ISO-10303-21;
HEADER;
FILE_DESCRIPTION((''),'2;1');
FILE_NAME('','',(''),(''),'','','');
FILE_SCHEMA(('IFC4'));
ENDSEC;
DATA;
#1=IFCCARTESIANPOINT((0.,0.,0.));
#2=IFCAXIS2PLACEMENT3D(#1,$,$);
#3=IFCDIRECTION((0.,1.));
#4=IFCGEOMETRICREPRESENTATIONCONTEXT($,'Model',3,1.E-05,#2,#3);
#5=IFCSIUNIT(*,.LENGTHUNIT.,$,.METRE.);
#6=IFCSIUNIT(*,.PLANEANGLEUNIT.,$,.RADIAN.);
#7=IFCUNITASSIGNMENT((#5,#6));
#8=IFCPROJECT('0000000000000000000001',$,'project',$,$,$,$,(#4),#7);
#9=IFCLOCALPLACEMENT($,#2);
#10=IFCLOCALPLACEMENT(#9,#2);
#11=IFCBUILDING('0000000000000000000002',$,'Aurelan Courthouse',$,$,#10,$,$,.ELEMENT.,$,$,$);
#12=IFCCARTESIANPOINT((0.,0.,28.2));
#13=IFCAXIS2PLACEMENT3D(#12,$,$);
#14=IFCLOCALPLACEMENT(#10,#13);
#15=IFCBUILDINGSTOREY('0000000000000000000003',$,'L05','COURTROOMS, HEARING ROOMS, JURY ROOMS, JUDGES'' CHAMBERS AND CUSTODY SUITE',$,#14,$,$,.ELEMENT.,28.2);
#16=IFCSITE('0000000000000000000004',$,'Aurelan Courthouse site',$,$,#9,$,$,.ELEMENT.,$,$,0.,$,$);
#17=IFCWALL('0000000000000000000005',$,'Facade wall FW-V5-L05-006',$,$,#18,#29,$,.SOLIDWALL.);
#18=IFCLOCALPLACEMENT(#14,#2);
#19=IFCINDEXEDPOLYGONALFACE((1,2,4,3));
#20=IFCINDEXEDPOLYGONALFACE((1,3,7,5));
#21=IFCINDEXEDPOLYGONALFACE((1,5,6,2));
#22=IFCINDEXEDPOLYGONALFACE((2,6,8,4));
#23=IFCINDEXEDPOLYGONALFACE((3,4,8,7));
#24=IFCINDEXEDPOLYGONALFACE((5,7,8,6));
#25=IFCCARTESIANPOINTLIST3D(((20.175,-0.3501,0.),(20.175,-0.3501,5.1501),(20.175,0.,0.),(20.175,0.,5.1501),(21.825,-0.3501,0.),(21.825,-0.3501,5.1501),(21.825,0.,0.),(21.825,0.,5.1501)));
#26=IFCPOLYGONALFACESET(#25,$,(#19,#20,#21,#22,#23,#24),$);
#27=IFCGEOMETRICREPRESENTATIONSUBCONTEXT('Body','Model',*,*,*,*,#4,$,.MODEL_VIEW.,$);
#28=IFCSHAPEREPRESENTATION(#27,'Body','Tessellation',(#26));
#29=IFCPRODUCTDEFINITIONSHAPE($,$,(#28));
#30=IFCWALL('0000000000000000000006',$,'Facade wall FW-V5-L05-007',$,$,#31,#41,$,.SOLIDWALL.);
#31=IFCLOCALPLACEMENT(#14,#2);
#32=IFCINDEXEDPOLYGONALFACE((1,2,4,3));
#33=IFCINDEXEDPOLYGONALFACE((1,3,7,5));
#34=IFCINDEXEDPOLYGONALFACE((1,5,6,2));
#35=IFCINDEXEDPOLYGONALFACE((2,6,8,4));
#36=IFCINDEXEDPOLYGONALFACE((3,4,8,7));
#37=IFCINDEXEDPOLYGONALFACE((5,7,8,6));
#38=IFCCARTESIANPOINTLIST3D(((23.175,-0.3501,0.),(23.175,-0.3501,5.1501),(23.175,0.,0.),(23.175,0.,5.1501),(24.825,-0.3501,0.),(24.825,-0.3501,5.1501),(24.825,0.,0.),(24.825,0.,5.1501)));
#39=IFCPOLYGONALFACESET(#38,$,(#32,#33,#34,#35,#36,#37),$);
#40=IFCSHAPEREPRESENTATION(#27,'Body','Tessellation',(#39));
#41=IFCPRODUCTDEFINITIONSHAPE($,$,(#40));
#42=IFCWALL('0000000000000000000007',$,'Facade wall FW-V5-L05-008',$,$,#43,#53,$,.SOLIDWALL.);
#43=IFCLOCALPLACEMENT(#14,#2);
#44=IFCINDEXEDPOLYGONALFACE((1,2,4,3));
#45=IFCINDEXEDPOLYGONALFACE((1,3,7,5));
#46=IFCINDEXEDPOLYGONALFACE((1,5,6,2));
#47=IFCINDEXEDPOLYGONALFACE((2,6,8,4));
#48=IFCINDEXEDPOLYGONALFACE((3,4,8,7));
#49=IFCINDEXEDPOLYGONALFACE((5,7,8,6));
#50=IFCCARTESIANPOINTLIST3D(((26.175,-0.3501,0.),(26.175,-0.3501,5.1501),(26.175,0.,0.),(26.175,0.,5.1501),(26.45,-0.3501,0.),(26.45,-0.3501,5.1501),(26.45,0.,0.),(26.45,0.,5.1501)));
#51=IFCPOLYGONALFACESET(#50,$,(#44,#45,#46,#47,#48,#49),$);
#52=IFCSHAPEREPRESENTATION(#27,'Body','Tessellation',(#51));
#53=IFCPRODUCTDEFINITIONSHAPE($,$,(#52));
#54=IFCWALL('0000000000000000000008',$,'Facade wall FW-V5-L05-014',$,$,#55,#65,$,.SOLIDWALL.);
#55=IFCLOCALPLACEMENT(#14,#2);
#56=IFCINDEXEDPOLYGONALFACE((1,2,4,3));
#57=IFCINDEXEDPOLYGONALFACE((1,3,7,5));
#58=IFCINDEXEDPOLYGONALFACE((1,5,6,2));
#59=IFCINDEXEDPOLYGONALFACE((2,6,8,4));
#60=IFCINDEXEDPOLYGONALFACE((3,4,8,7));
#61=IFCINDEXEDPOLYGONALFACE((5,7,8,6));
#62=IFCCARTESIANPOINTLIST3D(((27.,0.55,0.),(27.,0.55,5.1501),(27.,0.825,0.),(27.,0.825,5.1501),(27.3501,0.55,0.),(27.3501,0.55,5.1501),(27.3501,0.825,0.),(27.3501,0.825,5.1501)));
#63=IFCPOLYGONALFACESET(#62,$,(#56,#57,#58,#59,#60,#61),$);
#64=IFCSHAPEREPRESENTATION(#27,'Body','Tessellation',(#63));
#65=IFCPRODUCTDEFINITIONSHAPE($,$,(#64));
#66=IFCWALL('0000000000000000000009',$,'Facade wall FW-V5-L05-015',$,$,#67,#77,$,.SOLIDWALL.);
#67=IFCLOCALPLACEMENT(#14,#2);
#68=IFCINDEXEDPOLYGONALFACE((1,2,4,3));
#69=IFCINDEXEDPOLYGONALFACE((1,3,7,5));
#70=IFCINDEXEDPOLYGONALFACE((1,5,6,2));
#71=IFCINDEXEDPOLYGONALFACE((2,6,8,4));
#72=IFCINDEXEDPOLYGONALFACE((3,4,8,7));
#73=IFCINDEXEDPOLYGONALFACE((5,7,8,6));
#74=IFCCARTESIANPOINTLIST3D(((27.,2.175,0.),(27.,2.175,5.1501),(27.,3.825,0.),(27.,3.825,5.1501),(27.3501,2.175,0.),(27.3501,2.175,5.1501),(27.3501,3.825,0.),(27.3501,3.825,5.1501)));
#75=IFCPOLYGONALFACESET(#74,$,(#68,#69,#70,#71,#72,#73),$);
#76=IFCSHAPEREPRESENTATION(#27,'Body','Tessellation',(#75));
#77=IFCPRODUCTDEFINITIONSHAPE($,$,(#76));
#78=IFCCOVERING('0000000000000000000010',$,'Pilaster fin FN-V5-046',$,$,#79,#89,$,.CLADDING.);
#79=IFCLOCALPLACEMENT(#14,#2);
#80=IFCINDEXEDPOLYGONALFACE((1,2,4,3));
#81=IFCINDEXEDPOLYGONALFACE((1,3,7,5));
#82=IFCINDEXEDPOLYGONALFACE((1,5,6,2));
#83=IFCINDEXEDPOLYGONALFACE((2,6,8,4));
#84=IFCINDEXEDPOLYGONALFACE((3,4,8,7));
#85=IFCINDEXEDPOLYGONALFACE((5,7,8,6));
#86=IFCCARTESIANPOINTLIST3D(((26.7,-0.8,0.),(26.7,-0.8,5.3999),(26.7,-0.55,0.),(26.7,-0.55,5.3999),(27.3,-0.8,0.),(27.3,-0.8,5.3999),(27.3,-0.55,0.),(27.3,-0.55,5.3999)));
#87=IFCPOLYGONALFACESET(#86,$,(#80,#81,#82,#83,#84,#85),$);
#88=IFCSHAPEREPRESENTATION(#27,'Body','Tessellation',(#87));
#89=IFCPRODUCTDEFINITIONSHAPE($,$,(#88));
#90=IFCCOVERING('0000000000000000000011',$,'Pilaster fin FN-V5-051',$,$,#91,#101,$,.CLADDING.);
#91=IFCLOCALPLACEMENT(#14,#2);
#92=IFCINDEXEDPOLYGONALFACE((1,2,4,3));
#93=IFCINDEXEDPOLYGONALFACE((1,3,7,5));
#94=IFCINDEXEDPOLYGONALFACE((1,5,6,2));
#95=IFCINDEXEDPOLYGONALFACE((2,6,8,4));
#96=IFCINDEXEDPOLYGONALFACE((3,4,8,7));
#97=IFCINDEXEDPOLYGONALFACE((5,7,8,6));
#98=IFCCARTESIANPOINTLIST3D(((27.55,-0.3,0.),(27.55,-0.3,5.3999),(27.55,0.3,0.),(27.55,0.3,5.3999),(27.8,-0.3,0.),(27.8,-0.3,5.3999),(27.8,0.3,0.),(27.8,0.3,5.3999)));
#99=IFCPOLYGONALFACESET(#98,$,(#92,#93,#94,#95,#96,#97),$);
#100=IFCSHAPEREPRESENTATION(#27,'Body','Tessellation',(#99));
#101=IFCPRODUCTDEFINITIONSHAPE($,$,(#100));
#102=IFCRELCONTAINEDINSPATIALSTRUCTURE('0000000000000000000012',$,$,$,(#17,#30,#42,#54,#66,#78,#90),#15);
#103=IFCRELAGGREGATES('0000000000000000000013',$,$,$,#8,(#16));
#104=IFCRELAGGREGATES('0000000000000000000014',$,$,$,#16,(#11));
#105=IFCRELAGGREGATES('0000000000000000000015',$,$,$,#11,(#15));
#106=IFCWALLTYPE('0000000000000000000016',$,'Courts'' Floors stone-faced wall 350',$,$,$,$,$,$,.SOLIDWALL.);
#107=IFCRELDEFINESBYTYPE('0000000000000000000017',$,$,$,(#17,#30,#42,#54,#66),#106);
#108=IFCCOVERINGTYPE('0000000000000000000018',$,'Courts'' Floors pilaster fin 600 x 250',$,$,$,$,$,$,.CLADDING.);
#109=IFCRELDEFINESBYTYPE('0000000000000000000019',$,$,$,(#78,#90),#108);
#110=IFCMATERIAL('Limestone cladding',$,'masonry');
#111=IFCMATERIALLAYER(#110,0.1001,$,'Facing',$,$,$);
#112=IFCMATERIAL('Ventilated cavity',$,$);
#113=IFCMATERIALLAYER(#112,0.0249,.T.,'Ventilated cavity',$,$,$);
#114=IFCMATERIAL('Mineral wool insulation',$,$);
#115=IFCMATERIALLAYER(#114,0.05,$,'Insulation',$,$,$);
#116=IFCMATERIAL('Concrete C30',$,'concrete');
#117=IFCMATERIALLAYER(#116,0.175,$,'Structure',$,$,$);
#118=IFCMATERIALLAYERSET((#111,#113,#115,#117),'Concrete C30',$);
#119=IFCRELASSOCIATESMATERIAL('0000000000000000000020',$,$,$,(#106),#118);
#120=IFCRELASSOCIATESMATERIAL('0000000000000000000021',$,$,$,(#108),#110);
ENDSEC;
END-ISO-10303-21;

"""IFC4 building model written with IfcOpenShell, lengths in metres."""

from ifc_helpers import new_model, si_unit, direction, frame, frame_2d, origin, origin_2d, place, context, subcontext, project, spatial, rectangle, extrude, material, layer, layer_set, type_object, element, save


model = new_model("IFC4")

# Units and contexts
model_context = context("Model", 3, precision=1e-05, world=origin(), true_north=direction((0.0, 1.0)))
body_context = subcontext(model_context, "Body", "Model", "MODEL_VIEW")
ifc_project = project(units=[si_unit("LENGTHUNIT", "METRE"), si_unit("PLANEANGLEUNIT", "RADIAN")], contexts=[model_context])

# Site, building, storey
site_placement = place(None, origin())
site = spatial("IfcSite", under=ifc_project, at=site_placement, Name="Aurelan Courthouse site", CompositionType="ELEMENT", RefElevation=0.0)
building_placement = place(site_placement, origin())
building = spatial("IfcBuilding", under=site, at=building_placement, Name="Aurelan Courthouse", CompositionType="ELEMENT")
storey_placement = place(building_placement, frame((0.0, 0.0, 28.2)))
storey = spatial("IfcBuildingStorey", under=building, at=storey_placement, Name="L05", Description="COURTROOMS, HEARING ROOMS, JURY ROOMS, JUDGES' CHAMBERS AND CUSTODY SUITE", CompositionType="ELEMENT", Elevation=28.2)

# Walls
ifc_material_1 = material(Name="Limestone cladding", Category="masonry")
ifc_layer_1 = layer(ifc_material_1, 0.1001, Name="Facing")
ifc_material_2 = material(Name="Ventilated cavity")
ifc_layer_2 = layer(ifc_material_2, 0.0249, ventilated=True, Name="Ventilated cavity")
ifc_material_3 = material(Name="Mineral wool insulation")
ifc_layer_3 = layer(ifc_material_3, 0.05, Name="Insulation")
ifc_material_4 = material(Name="Concrete C30", Category="concrete")
ifc_layer_4 = layer(ifc_material_4, 0.175, Name="Structure")
ifc_layer_set_1 = layer_set([ifc_layer_1, ifc_layer_2, ifc_layer_3, ifc_layer_4], Name="Concrete C30")
wall_type = type_object("IfcWallType", Name="Courts' Floors stone-faced wall 350", PredefinedType="SOLIDWALL", material=ifc_layer_set_1)
for number, where, z_axis, x_axis, name in (
    (1, (20.175, -0.175, 0.0), (0.0, 0.0, 1.0), (1.0, 0.0, 0.0), "Facade wall FW-V5-L05-006"),
    (2, (23.175, -0.175, 0.0), (0.0, 0.0, 1.0), (1.0, 0.0, 0.0), "Facade wall FW-V5-L05-007"),
):
    element("IfcWall", number, at=place(storey_placement, frame(where, z_axis=z_axis, x_axis=x_axis)), inside=storey, type_object=wall_type, Name=name, PredefinedType="SOLIDWALL", context=body_context, shape_type="SweptSolid", body=[
        extrude(rectangle(XDim=1.6499, YDim=0.3501, at=frame_2d((0.825, 0.0))), origin(), (0.0, 0.0, 1.0), 5.1501),
    ])
for number, where, z_axis, x_axis, name in (
    (3, (26.175, -0.175, 0.0), (0.0, 0.0, 1.0), (1.0, 0.0, 0.0), "Facade wall FW-V5-L05-008"),
    (4, (27.175, 0.55, 0.0), (0.0, 0.0, 1.0), (0.0, 1.0, 0.0), "Facade wall FW-V5-L05-014"),
):
    element("IfcWall", number, at=place(storey_placement, frame(where, z_axis=z_axis, x_axis=x_axis)), inside=storey, type_object=wall_type, Name=name, PredefinedType="SOLIDWALL", context=body_context, shape_type="SweptSolid", body=[
        extrude(rectangle(XDim=0.2749, YDim=0.3501, at=frame_2d((0.1375, 0.0))), origin(), (0.0, 0.0, 1.0), 5.1501),
    ])
wall_placement = place(storey_placement, frame((27.175, 2.175, 0.0), z_axis=(0.0, 0.0, 1.0), x_axis=(0.0, 1.0, 0.0)))
element("IfcWall", 5, at=wall_placement, inside=storey, type_object=wall_type, Name="Facade wall FW-V5-L05-015", PredefinedType="SOLIDWALL", context=body_context, shape_type="SweptSolid", body=[
    extrude(rectangle(XDim=1.6499, YDim=0.3501, at=frame_2d((0.825, 0.0))), origin(), (0.0, 0.0, 1.0), 5.1501),
])

# Coverings
covering_type = type_object("IfcCoveringType", Name="Courts' Floors pilaster fin 600 x 250", PredefinedType="CLADDING", material=ifc_material_1)
covering_1_placement = place(storey_placement, frame((27.0, -0.675, 0.0), z_axis=(0.0, 0.0, 1.0), x_axis=(1.0, 0.0, 0.0)))
element("IfcCovering", 6, at=covering_1_placement, inside=storey, type_object=covering_type, Name="Pilaster fin FN-V5-046", PredefinedType="CLADDING", context=body_context, shape_type="SweptSolid", body=[
    extrude(rectangle(XDim=0.6001, YDim=0.25, at=origin_2d()), origin(), (0.0, 0.0, 1.0), 5.3999),
])
covering_2_placement = place(storey_placement, frame((27.675, 0.0, 0.0), z_axis=(0.0, 0.0, 1.0), x_axis=(1.0, 0.0, 0.0)))
element("IfcCovering", 7, at=covering_2_placement, inside=storey, type_object=covering_type, Name="Pilaster fin FN-V5-051", PredefinedType="CLADDING", context=body_context, shape_type="SweptSolid", body=[
    extrude(rectangle(XDim=0.25, YDim=0.6001, at=origin_2d()), origin(), (0.0, 0.0, 1.0), 5.3999),
])

save(model, "model.ifc")
